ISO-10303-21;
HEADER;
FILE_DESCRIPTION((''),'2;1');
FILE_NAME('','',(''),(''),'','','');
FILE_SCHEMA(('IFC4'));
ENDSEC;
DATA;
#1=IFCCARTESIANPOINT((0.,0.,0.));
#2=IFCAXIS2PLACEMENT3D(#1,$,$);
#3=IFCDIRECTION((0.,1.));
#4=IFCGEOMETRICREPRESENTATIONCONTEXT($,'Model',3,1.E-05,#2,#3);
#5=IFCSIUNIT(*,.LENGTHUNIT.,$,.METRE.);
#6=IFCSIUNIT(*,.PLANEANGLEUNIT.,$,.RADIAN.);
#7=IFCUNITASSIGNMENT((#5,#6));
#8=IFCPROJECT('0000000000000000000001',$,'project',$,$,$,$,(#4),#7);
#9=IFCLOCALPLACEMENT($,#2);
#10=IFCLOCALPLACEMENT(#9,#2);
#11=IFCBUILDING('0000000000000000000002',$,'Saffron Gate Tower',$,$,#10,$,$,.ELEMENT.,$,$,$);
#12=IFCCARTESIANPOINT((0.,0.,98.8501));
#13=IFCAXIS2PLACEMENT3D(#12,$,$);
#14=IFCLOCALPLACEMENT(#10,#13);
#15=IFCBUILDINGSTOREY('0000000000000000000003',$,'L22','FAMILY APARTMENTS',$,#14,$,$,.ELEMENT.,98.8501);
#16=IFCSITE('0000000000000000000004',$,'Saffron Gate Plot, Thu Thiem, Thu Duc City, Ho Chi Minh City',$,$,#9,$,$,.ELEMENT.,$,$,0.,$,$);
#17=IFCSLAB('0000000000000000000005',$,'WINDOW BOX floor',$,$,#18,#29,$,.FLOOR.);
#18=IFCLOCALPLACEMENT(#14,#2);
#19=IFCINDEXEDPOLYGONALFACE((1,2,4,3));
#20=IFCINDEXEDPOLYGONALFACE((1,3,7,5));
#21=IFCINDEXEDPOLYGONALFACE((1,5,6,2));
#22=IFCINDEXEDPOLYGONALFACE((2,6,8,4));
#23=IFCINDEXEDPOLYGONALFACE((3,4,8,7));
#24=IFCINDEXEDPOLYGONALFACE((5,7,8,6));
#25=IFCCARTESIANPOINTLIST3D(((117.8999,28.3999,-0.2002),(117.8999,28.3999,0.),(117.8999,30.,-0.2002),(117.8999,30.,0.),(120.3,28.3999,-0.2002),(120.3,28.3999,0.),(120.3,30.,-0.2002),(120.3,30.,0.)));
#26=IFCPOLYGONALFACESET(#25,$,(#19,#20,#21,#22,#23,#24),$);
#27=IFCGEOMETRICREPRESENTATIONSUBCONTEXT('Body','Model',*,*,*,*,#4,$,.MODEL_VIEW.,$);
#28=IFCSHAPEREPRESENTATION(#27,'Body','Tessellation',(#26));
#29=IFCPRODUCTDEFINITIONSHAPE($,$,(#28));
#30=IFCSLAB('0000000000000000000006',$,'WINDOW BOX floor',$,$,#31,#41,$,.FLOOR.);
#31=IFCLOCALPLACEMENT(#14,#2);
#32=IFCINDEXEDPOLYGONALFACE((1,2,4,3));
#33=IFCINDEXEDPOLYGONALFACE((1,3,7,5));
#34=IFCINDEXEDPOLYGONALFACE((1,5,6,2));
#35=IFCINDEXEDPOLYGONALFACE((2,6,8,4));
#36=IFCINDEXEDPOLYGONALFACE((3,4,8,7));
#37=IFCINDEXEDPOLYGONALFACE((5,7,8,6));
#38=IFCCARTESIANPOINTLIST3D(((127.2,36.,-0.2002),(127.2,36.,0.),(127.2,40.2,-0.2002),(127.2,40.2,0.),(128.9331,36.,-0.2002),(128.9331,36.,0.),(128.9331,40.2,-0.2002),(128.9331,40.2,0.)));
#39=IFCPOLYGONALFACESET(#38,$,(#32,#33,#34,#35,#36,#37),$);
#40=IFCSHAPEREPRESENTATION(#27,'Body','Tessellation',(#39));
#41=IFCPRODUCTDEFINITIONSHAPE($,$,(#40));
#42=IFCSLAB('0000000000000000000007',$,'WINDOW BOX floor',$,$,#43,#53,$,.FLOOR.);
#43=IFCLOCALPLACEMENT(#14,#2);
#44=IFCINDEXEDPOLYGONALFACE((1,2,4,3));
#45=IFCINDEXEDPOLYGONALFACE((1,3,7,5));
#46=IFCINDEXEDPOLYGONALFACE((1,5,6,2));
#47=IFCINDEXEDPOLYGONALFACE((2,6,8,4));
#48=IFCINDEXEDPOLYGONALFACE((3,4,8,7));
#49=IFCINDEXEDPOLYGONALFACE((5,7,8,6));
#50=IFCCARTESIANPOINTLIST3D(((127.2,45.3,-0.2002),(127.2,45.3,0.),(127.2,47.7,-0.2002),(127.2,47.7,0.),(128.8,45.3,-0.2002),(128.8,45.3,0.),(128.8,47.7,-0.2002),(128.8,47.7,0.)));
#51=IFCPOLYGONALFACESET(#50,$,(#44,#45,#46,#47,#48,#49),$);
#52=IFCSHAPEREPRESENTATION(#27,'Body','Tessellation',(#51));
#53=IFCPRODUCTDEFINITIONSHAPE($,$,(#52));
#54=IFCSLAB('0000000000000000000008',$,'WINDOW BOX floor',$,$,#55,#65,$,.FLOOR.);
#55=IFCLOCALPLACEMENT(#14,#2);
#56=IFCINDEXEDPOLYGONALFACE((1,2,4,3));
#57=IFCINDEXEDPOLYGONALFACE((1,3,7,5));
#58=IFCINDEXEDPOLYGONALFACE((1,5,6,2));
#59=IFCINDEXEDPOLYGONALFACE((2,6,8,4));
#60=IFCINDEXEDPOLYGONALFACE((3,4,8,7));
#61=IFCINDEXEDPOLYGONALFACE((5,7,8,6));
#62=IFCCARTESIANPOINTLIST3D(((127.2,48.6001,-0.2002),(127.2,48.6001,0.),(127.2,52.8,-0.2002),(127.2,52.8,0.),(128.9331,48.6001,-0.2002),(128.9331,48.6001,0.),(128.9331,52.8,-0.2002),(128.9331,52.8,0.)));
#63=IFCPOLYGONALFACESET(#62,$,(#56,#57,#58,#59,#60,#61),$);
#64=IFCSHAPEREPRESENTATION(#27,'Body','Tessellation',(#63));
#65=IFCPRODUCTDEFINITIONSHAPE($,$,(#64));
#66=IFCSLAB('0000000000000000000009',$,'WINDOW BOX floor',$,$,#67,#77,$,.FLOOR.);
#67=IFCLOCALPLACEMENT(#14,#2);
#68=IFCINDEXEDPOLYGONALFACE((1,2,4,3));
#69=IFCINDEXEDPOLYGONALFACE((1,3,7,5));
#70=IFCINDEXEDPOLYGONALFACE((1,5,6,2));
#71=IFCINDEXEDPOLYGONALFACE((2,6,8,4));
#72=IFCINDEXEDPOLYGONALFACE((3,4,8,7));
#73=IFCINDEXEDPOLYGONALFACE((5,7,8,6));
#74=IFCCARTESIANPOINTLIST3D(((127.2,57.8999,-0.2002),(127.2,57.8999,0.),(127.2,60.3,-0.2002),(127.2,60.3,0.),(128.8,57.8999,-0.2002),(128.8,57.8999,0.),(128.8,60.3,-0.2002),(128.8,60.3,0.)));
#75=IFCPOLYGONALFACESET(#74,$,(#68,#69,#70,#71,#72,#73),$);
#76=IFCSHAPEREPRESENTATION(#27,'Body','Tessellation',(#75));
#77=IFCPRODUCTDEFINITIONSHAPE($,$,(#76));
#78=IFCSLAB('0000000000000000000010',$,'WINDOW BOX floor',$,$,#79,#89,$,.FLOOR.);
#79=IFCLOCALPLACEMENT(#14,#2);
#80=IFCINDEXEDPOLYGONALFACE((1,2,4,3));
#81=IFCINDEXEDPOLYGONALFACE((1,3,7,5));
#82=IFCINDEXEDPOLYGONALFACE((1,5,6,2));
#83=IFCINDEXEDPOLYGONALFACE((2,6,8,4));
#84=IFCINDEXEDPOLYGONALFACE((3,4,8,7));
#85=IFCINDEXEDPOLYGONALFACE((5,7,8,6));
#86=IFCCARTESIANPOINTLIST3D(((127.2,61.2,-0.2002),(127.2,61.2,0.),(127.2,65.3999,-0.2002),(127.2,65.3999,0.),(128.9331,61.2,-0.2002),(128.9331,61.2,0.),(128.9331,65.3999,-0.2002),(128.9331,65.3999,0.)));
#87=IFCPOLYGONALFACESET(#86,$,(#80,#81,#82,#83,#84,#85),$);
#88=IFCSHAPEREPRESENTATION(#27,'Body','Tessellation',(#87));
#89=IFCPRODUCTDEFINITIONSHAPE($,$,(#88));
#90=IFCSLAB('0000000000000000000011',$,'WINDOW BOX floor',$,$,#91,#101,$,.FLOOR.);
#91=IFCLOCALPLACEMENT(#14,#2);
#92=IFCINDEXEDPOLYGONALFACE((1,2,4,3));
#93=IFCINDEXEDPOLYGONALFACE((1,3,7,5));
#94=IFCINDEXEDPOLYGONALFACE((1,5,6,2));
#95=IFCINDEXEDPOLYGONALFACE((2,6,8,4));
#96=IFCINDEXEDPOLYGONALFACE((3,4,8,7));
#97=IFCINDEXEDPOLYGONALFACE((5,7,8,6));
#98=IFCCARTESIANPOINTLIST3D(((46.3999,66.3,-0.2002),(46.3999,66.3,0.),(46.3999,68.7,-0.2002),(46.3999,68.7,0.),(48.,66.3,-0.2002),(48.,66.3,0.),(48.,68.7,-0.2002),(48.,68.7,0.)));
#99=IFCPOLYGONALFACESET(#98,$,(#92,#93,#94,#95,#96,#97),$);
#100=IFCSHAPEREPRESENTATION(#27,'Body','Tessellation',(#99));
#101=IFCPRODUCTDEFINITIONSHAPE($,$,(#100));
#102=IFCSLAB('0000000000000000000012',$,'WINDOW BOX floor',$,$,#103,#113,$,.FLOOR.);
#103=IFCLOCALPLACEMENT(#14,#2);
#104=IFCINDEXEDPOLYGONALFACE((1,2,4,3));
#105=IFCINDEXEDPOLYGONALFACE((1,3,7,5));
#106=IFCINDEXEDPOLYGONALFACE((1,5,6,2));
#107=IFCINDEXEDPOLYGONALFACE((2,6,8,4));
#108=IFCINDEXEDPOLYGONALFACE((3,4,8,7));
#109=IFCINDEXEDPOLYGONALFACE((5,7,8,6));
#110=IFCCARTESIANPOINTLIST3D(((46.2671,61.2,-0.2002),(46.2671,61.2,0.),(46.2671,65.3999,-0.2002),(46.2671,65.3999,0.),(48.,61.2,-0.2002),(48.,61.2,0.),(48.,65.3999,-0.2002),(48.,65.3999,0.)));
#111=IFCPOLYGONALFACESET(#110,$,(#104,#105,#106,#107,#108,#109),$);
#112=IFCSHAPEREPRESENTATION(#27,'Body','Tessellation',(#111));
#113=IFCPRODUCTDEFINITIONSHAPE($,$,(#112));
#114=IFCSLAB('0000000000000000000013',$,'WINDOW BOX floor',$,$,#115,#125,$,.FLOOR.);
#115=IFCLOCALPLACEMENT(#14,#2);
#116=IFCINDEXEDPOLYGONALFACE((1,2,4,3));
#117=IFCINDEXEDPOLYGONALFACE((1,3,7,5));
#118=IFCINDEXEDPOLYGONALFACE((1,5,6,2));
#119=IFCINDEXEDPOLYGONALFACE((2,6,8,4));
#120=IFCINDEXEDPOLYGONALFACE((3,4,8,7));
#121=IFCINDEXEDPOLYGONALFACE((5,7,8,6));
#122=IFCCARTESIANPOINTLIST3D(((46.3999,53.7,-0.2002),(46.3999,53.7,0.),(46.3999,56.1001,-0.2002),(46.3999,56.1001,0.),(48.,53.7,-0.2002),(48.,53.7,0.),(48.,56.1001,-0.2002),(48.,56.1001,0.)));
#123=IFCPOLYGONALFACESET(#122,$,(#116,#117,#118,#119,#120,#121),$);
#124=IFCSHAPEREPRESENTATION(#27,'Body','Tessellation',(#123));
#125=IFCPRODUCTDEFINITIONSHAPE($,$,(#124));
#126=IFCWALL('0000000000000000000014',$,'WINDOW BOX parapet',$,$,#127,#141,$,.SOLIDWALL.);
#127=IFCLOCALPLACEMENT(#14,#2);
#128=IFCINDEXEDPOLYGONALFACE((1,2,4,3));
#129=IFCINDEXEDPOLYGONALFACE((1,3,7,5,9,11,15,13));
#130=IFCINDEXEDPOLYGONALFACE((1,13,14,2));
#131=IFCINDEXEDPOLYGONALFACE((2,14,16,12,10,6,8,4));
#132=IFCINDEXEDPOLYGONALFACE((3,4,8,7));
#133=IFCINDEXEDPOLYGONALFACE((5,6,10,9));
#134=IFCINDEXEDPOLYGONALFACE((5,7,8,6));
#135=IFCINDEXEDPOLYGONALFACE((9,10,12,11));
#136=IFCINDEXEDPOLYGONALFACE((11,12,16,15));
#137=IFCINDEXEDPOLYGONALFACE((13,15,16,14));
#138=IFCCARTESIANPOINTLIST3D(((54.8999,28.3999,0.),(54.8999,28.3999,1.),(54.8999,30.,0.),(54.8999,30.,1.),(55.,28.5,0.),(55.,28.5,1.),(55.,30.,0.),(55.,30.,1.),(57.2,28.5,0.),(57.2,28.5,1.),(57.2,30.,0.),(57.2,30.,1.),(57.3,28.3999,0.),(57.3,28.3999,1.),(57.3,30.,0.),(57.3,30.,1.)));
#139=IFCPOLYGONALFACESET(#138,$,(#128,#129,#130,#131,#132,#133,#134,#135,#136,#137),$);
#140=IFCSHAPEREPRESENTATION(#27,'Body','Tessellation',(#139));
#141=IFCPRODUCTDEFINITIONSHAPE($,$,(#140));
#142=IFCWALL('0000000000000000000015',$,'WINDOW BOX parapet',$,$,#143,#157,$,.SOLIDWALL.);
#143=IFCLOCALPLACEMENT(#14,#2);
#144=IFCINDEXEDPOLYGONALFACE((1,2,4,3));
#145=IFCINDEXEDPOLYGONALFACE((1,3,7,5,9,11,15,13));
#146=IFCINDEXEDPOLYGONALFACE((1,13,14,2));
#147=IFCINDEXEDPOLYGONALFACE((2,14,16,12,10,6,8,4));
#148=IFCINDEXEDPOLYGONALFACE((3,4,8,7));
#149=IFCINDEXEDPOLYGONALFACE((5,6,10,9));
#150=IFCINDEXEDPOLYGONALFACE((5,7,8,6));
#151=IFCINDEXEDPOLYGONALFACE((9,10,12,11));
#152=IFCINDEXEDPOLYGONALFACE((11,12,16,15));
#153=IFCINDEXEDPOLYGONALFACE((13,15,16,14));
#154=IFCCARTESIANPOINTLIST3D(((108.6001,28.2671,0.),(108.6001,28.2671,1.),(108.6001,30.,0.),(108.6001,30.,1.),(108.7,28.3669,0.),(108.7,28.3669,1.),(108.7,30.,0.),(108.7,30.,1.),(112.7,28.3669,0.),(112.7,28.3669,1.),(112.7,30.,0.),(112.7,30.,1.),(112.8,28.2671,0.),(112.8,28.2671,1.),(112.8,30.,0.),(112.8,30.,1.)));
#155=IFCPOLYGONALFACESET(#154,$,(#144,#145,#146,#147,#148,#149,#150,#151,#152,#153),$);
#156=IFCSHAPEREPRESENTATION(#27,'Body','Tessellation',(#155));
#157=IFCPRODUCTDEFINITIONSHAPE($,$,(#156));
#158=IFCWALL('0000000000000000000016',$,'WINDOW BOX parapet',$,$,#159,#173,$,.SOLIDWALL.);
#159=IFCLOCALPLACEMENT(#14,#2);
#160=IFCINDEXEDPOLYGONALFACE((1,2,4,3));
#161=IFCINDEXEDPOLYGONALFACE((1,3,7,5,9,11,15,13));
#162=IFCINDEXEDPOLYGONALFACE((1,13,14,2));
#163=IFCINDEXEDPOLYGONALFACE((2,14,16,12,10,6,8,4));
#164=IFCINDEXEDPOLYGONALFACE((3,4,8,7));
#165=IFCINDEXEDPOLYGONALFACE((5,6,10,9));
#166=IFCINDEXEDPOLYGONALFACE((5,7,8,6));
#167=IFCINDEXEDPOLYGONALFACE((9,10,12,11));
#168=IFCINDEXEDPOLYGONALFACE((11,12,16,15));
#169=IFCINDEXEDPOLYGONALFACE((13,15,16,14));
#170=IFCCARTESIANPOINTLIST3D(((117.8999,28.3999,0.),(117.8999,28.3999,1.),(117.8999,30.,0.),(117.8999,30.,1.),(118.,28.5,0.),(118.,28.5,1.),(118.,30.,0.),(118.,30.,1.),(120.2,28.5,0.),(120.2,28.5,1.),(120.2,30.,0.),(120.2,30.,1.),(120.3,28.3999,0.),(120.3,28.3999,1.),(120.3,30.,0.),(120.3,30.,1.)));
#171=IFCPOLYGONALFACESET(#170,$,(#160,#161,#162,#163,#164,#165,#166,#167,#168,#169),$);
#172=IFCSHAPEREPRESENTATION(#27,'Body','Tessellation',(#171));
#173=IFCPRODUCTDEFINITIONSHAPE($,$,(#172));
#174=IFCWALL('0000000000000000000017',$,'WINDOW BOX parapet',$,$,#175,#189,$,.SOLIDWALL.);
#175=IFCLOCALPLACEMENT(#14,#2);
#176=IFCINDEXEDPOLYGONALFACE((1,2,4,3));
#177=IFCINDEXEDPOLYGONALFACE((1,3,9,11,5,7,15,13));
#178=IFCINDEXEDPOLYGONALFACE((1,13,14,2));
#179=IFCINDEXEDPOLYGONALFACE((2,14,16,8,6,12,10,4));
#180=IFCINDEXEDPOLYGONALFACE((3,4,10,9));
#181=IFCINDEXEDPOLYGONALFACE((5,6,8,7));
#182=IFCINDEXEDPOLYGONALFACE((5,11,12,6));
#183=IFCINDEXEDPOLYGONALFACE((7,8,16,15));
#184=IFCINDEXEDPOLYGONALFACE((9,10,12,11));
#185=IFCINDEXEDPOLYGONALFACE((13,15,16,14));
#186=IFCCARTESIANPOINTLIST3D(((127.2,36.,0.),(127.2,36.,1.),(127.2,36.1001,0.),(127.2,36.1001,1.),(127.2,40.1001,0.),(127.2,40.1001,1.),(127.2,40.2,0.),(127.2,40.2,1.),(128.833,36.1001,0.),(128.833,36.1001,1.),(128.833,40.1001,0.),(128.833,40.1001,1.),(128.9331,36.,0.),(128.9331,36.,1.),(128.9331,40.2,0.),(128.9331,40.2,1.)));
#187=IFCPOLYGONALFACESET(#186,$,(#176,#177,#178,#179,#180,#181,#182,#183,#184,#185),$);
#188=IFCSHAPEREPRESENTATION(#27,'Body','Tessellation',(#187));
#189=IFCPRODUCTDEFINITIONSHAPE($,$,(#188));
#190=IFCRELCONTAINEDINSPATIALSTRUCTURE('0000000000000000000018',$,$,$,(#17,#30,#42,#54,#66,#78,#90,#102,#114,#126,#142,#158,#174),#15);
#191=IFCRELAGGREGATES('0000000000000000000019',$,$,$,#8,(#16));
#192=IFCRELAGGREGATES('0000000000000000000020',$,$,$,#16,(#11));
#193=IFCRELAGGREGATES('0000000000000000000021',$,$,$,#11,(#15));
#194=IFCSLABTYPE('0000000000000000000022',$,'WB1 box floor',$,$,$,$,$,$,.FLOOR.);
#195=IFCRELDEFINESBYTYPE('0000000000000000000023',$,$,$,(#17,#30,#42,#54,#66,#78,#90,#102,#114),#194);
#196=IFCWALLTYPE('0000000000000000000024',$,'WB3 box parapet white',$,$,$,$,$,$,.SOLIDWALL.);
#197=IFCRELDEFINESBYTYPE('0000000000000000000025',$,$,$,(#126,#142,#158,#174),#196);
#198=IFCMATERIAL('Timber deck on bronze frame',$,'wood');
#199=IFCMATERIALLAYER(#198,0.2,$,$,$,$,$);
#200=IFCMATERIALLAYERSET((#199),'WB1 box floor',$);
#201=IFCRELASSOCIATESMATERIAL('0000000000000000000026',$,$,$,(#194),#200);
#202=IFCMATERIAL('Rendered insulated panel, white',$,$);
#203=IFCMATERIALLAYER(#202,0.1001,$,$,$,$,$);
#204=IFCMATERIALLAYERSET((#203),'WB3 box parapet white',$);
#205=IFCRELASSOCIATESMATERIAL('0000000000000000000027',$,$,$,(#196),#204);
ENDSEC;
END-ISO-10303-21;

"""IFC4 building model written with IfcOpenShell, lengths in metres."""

from ifc_helpers import new_model, si_unit, direction, frame, origin, place, context, subcontext, project, spatial, polyline, outline, extrude, material, layer, layer_set, type_object, element, save


model = new_model("IFC4")

# Units and contexts
model_context = context("Model", 3, precision=1e-05, world=origin(), true_north=direction((0.0, 1.0)))
body_context = subcontext(model_context, "Body", "Model", "MODEL_VIEW")
ifc_project = project(units=[si_unit("LENGTHUNIT", "METRE"), si_unit("PLANEANGLEUNIT", "RADIAN")], contexts=[model_context])

# Site, building, storey
site_placement = place(None, origin())
site = spatial("IfcSite", under=ifc_project, at=site_placement, Name="Saffron Gate Plot, Thu Thiem, Thu Duc City, Ho Chi Minh City", CompositionType="ELEMENT", RefElevation=0.0)
building_placement = place(site_placement, origin())
building = spatial("IfcBuilding", under=site, at=building_placement, Name="Saffron Gate Tower", CompositionType="ELEMENT")
storey_placement = place(building_placement, frame((0.0, 0.0, 98.8501)))
storey = spatial("IfcBuildingStorey", under=building, at=storey_placement, Name="L22", Description="FAMILY APARTMENTS", CompositionType="ELEMENT", Elevation=98.8501)

# Slabs
ifc_material_1 = material(Name="Timber deck on bronze frame", Category="wood")
ifc_layer_1 = layer(ifc_material_1, 0.2)
ifc_layer_set_1 = layer_set([ifc_layer_1], Name="WB1 box floor")
slab_type_1 = type_object("IfcSlabType", Name="WB1 box floor", PredefinedType="FLOOR", material=ifc_layer_set_1)
slab_1_placement = place(storey_placement, frame((0.0, 0.0, -0.2002)))
element("IfcSlab", 1, at=slab_1_placement, inside=storey, type_object=slab_type_1, Name="WINDOW BOX floor", PredefinedType="FLOOR", context=body_context, shape_type="SweptSolid", body=[
    extrude(outline(polyline([(117.8999, 30.0), (120.3, 30.0), (120.3, 28.3999), (117.8999, 28.3999), (117.8999, 30.0)])), origin(), (0.0, 0.0, 1.0), 0.2002),
])
slab_2_placement = place(storey_placement, frame((0.0, 0.0, -0.2002)))
element("IfcSlab", 2, at=slab_2_placement, inside=storey, type_object=slab_type_1, Name="WINDOW BOX floor", PredefinedType="FLOOR", context=body_context, shape_type="SweptSolid", body=[
    extrude(outline(polyline([(127.2, 36.0), (127.2, 40.2), (128.9331, 40.2), (128.9331, 36.0), (127.2, 36.0)])), origin(), (0.0, 0.0, 1.0), 0.2002),
])
slab_3_placement = place(storey_placement, frame((0.0, 0.0, -0.2002)))
element("IfcSlab", 3, at=slab_3_placement, inside=storey, type_object=slab_type_1, Name="WINDOW BOX floor", PredefinedType="FLOOR", context=body_context, shape_type="SweptSolid", body=[
    extrude(outline(polyline([(127.2, 45.3), (127.2, 47.7), (128.8, 47.7), (128.8, 45.3), (127.2, 45.3)])), origin(), (0.0, 0.0, 1.0), 0.2002),
])
slab_4_placement = place(storey_placement, frame((0.0, 0.0, -0.2002)))
element("IfcSlab", 4, at=slab_4_placement, inside=storey, type_object=slab_type_1, Name="WINDOW BOX floor", PredefinedType="FLOOR", context=body_context, shape_type="SweptSolid", body=[
    extrude(outline(polyline([(127.2, 48.6001), (127.2, 52.8), (128.9331, 52.8), (128.9331, 48.6001), (127.2, 48.6001)])), origin(), (0.0, 0.0, 1.0), 0.2002),
])
slab_5_placement = place(storey_placement, frame((0.0, 0.0, -0.2002)))
element("IfcSlab", 5, at=slab_5_placement, inside=storey, type_object=slab_type_1, Name="WINDOW BOX floor", PredefinedType="FLOOR", context=body_context, shape_type="SweptSolid", body=[
    extrude(outline(polyline([(127.2, 57.8999), (127.2, 60.3), (128.8, 60.3), (128.8, 57.8999), (127.2, 57.8999)])), origin(), (0.0, 0.0, 1.0), 0.2002),
])
slab_6_placement = place(storey_placement, frame((0.0, 0.0, -0.2002)))
element("IfcSlab", 6, at=slab_6_placement, inside=storey, type_object=slab_type_1, Name="WINDOW BOX floor", PredefinedType="FLOOR", context=body_context, shape_type="SweptSolid", body=[
    extrude(outline(polyline([(127.2, 61.2), (127.2, 65.3999), (128.9331, 65.3999), (128.9331, 61.2), (127.2, 61.2)])), origin(), (0.0, 0.0, 1.0), 0.2002),
])
slab_7_placement = place(storey_placement, frame((0.0, 0.0, -0.2002)))
element("IfcSlab", 7, at=slab_7_placement, inside=storey, type_object=slab_type_1, Name="WINDOW BOX floor", PredefinedType="FLOOR", context=body_context, shape_type="SweptSolid", body=[
    extrude(outline(polyline([(48.0, 68.7), (48.0, 66.3), (46.3999, 66.3), (46.3999, 68.7), (48.0, 68.7)])), origin(), (0.0, 0.0, 1.0), 0.2002),
])
slab_8_placement = place(storey_placement, frame((0.0, 0.0, -0.2002)))
element("IfcSlab", 8, at=slab_8_placement, inside=storey, type_object=slab_type_1, Name="WINDOW BOX floor", PredefinedType="FLOOR", context=body_context, shape_type="SweptSolid", body=[
    extrude(outline(polyline([(48.0, 65.3999), (48.0, 61.2), (46.2671, 61.2), (46.2671, 65.3999), (48.0, 65.3999)])), origin(), (0.0, 0.0, 1.0), 0.2002),
])
slab_9_placement = place(storey_placement, frame((0.0, 0.0, -0.2002)))
element("IfcSlab", 9, at=slab_9_placement, inside=storey, type_object=slab_type_1, Name="WINDOW BOX floor", PredefinedType="FLOOR", context=body_context, shape_type="SweptSolid", body=[
    extrude(outline(polyline([(48.0, 56.1001), (48.0, 53.7), (46.3999, 53.7), (46.3999, 56.1001), (48.0, 56.1001)])), origin(), (0.0, 0.0, 1.0), 0.2002),
])

# Walls
ifc_material_2 = material(Name="Rendered insulated panel, white")
ifc_layer_2 = layer(ifc_material_2, 0.1001)
ifc_layer_set_2 = layer_set([ifc_layer_2], Name="WB3 box parapet white")
wall_type = type_object("IfcWallType", Name="WB3 box parapet white", PredefinedType="SOLIDWALL", material=ifc_layer_set_2)
wall_1_placement = place(storey_placement, origin())
element("IfcWall", 10, at=wall_1_placement, inside=storey, type_object=wall_type, Name="WINDOW BOX parapet", PredefinedType="SOLIDWALL", context=body_context, shape_type="SweptSolid", body=[
    extrude(outline(polyline([(54.8999, 30.0), (55.0, 30.0), (55.0, 28.5), (57.2, 28.5), (57.2, 30.0), (57.3, 30.0), (57.3, 28.3999), (54.8999, 28.3999), (54.8999, 30.0)])), origin(), (0.0, 0.0, 1.0), 1.0),
])
wall_2_placement = place(storey_placement, origin())
element("IfcWall", 11, at=wall_2_placement, inside=storey, type_object=wall_type, Name="WINDOW BOX parapet", PredefinedType="SOLIDWALL", context=body_context, shape_type="SweptSolid", body=[
    extrude(outline(polyline([(108.6001, 30.0), (108.7, 30.0), (108.7, 28.3669), (112.7, 28.3669), (112.7, 30.0), (112.8, 30.0), (112.8, 28.2671), (108.6001, 28.2671), (108.6001, 30.0)])), origin(), (0.0, 0.0, 1.0), 1.0),
])
wall_3_placement = place(storey_placement, origin())
element("IfcWall", 12, at=wall_3_placement, inside=storey, type_object=wall_type, Name="WINDOW BOX parapet", PredefinedType="SOLIDWALL", context=body_context, shape_type="SweptSolid", body=[
    extrude(outline(polyline([(117.8999, 30.0), (118.0, 30.0), (118.0, 28.5), (120.2, 28.5), (120.2, 30.0), (120.3, 30.0), (120.3, 28.3999), (117.8999, 28.3999), (117.8999, 30.0)])), origin(), (0.0, 0.0, 1.0), 1.0),
])
wall_4_placement = place(storey_placement, origin())
element("IfcWall", 13, at=wall_4_placement, inside=storey, type_object=wall_type, Name="WINDOW BOX parapet", PredefinedType="SOLIDWALL", context=body_context, shape_type="SweptSolid", body=[
    extrude(outline(polyline([(127.2, 36.0), (127.2, 36.1001), (128.833, 36.1001), (128.833, 40.1001), (127.2, 40.1001), (127.2, 40.2), (128.9331, 40.2), (128.9331, 36.0), (127.2, 36.0)])), origin(), (0.0, 0.0, 1.0), 1.0),
])

save(model, "model.ifc")
